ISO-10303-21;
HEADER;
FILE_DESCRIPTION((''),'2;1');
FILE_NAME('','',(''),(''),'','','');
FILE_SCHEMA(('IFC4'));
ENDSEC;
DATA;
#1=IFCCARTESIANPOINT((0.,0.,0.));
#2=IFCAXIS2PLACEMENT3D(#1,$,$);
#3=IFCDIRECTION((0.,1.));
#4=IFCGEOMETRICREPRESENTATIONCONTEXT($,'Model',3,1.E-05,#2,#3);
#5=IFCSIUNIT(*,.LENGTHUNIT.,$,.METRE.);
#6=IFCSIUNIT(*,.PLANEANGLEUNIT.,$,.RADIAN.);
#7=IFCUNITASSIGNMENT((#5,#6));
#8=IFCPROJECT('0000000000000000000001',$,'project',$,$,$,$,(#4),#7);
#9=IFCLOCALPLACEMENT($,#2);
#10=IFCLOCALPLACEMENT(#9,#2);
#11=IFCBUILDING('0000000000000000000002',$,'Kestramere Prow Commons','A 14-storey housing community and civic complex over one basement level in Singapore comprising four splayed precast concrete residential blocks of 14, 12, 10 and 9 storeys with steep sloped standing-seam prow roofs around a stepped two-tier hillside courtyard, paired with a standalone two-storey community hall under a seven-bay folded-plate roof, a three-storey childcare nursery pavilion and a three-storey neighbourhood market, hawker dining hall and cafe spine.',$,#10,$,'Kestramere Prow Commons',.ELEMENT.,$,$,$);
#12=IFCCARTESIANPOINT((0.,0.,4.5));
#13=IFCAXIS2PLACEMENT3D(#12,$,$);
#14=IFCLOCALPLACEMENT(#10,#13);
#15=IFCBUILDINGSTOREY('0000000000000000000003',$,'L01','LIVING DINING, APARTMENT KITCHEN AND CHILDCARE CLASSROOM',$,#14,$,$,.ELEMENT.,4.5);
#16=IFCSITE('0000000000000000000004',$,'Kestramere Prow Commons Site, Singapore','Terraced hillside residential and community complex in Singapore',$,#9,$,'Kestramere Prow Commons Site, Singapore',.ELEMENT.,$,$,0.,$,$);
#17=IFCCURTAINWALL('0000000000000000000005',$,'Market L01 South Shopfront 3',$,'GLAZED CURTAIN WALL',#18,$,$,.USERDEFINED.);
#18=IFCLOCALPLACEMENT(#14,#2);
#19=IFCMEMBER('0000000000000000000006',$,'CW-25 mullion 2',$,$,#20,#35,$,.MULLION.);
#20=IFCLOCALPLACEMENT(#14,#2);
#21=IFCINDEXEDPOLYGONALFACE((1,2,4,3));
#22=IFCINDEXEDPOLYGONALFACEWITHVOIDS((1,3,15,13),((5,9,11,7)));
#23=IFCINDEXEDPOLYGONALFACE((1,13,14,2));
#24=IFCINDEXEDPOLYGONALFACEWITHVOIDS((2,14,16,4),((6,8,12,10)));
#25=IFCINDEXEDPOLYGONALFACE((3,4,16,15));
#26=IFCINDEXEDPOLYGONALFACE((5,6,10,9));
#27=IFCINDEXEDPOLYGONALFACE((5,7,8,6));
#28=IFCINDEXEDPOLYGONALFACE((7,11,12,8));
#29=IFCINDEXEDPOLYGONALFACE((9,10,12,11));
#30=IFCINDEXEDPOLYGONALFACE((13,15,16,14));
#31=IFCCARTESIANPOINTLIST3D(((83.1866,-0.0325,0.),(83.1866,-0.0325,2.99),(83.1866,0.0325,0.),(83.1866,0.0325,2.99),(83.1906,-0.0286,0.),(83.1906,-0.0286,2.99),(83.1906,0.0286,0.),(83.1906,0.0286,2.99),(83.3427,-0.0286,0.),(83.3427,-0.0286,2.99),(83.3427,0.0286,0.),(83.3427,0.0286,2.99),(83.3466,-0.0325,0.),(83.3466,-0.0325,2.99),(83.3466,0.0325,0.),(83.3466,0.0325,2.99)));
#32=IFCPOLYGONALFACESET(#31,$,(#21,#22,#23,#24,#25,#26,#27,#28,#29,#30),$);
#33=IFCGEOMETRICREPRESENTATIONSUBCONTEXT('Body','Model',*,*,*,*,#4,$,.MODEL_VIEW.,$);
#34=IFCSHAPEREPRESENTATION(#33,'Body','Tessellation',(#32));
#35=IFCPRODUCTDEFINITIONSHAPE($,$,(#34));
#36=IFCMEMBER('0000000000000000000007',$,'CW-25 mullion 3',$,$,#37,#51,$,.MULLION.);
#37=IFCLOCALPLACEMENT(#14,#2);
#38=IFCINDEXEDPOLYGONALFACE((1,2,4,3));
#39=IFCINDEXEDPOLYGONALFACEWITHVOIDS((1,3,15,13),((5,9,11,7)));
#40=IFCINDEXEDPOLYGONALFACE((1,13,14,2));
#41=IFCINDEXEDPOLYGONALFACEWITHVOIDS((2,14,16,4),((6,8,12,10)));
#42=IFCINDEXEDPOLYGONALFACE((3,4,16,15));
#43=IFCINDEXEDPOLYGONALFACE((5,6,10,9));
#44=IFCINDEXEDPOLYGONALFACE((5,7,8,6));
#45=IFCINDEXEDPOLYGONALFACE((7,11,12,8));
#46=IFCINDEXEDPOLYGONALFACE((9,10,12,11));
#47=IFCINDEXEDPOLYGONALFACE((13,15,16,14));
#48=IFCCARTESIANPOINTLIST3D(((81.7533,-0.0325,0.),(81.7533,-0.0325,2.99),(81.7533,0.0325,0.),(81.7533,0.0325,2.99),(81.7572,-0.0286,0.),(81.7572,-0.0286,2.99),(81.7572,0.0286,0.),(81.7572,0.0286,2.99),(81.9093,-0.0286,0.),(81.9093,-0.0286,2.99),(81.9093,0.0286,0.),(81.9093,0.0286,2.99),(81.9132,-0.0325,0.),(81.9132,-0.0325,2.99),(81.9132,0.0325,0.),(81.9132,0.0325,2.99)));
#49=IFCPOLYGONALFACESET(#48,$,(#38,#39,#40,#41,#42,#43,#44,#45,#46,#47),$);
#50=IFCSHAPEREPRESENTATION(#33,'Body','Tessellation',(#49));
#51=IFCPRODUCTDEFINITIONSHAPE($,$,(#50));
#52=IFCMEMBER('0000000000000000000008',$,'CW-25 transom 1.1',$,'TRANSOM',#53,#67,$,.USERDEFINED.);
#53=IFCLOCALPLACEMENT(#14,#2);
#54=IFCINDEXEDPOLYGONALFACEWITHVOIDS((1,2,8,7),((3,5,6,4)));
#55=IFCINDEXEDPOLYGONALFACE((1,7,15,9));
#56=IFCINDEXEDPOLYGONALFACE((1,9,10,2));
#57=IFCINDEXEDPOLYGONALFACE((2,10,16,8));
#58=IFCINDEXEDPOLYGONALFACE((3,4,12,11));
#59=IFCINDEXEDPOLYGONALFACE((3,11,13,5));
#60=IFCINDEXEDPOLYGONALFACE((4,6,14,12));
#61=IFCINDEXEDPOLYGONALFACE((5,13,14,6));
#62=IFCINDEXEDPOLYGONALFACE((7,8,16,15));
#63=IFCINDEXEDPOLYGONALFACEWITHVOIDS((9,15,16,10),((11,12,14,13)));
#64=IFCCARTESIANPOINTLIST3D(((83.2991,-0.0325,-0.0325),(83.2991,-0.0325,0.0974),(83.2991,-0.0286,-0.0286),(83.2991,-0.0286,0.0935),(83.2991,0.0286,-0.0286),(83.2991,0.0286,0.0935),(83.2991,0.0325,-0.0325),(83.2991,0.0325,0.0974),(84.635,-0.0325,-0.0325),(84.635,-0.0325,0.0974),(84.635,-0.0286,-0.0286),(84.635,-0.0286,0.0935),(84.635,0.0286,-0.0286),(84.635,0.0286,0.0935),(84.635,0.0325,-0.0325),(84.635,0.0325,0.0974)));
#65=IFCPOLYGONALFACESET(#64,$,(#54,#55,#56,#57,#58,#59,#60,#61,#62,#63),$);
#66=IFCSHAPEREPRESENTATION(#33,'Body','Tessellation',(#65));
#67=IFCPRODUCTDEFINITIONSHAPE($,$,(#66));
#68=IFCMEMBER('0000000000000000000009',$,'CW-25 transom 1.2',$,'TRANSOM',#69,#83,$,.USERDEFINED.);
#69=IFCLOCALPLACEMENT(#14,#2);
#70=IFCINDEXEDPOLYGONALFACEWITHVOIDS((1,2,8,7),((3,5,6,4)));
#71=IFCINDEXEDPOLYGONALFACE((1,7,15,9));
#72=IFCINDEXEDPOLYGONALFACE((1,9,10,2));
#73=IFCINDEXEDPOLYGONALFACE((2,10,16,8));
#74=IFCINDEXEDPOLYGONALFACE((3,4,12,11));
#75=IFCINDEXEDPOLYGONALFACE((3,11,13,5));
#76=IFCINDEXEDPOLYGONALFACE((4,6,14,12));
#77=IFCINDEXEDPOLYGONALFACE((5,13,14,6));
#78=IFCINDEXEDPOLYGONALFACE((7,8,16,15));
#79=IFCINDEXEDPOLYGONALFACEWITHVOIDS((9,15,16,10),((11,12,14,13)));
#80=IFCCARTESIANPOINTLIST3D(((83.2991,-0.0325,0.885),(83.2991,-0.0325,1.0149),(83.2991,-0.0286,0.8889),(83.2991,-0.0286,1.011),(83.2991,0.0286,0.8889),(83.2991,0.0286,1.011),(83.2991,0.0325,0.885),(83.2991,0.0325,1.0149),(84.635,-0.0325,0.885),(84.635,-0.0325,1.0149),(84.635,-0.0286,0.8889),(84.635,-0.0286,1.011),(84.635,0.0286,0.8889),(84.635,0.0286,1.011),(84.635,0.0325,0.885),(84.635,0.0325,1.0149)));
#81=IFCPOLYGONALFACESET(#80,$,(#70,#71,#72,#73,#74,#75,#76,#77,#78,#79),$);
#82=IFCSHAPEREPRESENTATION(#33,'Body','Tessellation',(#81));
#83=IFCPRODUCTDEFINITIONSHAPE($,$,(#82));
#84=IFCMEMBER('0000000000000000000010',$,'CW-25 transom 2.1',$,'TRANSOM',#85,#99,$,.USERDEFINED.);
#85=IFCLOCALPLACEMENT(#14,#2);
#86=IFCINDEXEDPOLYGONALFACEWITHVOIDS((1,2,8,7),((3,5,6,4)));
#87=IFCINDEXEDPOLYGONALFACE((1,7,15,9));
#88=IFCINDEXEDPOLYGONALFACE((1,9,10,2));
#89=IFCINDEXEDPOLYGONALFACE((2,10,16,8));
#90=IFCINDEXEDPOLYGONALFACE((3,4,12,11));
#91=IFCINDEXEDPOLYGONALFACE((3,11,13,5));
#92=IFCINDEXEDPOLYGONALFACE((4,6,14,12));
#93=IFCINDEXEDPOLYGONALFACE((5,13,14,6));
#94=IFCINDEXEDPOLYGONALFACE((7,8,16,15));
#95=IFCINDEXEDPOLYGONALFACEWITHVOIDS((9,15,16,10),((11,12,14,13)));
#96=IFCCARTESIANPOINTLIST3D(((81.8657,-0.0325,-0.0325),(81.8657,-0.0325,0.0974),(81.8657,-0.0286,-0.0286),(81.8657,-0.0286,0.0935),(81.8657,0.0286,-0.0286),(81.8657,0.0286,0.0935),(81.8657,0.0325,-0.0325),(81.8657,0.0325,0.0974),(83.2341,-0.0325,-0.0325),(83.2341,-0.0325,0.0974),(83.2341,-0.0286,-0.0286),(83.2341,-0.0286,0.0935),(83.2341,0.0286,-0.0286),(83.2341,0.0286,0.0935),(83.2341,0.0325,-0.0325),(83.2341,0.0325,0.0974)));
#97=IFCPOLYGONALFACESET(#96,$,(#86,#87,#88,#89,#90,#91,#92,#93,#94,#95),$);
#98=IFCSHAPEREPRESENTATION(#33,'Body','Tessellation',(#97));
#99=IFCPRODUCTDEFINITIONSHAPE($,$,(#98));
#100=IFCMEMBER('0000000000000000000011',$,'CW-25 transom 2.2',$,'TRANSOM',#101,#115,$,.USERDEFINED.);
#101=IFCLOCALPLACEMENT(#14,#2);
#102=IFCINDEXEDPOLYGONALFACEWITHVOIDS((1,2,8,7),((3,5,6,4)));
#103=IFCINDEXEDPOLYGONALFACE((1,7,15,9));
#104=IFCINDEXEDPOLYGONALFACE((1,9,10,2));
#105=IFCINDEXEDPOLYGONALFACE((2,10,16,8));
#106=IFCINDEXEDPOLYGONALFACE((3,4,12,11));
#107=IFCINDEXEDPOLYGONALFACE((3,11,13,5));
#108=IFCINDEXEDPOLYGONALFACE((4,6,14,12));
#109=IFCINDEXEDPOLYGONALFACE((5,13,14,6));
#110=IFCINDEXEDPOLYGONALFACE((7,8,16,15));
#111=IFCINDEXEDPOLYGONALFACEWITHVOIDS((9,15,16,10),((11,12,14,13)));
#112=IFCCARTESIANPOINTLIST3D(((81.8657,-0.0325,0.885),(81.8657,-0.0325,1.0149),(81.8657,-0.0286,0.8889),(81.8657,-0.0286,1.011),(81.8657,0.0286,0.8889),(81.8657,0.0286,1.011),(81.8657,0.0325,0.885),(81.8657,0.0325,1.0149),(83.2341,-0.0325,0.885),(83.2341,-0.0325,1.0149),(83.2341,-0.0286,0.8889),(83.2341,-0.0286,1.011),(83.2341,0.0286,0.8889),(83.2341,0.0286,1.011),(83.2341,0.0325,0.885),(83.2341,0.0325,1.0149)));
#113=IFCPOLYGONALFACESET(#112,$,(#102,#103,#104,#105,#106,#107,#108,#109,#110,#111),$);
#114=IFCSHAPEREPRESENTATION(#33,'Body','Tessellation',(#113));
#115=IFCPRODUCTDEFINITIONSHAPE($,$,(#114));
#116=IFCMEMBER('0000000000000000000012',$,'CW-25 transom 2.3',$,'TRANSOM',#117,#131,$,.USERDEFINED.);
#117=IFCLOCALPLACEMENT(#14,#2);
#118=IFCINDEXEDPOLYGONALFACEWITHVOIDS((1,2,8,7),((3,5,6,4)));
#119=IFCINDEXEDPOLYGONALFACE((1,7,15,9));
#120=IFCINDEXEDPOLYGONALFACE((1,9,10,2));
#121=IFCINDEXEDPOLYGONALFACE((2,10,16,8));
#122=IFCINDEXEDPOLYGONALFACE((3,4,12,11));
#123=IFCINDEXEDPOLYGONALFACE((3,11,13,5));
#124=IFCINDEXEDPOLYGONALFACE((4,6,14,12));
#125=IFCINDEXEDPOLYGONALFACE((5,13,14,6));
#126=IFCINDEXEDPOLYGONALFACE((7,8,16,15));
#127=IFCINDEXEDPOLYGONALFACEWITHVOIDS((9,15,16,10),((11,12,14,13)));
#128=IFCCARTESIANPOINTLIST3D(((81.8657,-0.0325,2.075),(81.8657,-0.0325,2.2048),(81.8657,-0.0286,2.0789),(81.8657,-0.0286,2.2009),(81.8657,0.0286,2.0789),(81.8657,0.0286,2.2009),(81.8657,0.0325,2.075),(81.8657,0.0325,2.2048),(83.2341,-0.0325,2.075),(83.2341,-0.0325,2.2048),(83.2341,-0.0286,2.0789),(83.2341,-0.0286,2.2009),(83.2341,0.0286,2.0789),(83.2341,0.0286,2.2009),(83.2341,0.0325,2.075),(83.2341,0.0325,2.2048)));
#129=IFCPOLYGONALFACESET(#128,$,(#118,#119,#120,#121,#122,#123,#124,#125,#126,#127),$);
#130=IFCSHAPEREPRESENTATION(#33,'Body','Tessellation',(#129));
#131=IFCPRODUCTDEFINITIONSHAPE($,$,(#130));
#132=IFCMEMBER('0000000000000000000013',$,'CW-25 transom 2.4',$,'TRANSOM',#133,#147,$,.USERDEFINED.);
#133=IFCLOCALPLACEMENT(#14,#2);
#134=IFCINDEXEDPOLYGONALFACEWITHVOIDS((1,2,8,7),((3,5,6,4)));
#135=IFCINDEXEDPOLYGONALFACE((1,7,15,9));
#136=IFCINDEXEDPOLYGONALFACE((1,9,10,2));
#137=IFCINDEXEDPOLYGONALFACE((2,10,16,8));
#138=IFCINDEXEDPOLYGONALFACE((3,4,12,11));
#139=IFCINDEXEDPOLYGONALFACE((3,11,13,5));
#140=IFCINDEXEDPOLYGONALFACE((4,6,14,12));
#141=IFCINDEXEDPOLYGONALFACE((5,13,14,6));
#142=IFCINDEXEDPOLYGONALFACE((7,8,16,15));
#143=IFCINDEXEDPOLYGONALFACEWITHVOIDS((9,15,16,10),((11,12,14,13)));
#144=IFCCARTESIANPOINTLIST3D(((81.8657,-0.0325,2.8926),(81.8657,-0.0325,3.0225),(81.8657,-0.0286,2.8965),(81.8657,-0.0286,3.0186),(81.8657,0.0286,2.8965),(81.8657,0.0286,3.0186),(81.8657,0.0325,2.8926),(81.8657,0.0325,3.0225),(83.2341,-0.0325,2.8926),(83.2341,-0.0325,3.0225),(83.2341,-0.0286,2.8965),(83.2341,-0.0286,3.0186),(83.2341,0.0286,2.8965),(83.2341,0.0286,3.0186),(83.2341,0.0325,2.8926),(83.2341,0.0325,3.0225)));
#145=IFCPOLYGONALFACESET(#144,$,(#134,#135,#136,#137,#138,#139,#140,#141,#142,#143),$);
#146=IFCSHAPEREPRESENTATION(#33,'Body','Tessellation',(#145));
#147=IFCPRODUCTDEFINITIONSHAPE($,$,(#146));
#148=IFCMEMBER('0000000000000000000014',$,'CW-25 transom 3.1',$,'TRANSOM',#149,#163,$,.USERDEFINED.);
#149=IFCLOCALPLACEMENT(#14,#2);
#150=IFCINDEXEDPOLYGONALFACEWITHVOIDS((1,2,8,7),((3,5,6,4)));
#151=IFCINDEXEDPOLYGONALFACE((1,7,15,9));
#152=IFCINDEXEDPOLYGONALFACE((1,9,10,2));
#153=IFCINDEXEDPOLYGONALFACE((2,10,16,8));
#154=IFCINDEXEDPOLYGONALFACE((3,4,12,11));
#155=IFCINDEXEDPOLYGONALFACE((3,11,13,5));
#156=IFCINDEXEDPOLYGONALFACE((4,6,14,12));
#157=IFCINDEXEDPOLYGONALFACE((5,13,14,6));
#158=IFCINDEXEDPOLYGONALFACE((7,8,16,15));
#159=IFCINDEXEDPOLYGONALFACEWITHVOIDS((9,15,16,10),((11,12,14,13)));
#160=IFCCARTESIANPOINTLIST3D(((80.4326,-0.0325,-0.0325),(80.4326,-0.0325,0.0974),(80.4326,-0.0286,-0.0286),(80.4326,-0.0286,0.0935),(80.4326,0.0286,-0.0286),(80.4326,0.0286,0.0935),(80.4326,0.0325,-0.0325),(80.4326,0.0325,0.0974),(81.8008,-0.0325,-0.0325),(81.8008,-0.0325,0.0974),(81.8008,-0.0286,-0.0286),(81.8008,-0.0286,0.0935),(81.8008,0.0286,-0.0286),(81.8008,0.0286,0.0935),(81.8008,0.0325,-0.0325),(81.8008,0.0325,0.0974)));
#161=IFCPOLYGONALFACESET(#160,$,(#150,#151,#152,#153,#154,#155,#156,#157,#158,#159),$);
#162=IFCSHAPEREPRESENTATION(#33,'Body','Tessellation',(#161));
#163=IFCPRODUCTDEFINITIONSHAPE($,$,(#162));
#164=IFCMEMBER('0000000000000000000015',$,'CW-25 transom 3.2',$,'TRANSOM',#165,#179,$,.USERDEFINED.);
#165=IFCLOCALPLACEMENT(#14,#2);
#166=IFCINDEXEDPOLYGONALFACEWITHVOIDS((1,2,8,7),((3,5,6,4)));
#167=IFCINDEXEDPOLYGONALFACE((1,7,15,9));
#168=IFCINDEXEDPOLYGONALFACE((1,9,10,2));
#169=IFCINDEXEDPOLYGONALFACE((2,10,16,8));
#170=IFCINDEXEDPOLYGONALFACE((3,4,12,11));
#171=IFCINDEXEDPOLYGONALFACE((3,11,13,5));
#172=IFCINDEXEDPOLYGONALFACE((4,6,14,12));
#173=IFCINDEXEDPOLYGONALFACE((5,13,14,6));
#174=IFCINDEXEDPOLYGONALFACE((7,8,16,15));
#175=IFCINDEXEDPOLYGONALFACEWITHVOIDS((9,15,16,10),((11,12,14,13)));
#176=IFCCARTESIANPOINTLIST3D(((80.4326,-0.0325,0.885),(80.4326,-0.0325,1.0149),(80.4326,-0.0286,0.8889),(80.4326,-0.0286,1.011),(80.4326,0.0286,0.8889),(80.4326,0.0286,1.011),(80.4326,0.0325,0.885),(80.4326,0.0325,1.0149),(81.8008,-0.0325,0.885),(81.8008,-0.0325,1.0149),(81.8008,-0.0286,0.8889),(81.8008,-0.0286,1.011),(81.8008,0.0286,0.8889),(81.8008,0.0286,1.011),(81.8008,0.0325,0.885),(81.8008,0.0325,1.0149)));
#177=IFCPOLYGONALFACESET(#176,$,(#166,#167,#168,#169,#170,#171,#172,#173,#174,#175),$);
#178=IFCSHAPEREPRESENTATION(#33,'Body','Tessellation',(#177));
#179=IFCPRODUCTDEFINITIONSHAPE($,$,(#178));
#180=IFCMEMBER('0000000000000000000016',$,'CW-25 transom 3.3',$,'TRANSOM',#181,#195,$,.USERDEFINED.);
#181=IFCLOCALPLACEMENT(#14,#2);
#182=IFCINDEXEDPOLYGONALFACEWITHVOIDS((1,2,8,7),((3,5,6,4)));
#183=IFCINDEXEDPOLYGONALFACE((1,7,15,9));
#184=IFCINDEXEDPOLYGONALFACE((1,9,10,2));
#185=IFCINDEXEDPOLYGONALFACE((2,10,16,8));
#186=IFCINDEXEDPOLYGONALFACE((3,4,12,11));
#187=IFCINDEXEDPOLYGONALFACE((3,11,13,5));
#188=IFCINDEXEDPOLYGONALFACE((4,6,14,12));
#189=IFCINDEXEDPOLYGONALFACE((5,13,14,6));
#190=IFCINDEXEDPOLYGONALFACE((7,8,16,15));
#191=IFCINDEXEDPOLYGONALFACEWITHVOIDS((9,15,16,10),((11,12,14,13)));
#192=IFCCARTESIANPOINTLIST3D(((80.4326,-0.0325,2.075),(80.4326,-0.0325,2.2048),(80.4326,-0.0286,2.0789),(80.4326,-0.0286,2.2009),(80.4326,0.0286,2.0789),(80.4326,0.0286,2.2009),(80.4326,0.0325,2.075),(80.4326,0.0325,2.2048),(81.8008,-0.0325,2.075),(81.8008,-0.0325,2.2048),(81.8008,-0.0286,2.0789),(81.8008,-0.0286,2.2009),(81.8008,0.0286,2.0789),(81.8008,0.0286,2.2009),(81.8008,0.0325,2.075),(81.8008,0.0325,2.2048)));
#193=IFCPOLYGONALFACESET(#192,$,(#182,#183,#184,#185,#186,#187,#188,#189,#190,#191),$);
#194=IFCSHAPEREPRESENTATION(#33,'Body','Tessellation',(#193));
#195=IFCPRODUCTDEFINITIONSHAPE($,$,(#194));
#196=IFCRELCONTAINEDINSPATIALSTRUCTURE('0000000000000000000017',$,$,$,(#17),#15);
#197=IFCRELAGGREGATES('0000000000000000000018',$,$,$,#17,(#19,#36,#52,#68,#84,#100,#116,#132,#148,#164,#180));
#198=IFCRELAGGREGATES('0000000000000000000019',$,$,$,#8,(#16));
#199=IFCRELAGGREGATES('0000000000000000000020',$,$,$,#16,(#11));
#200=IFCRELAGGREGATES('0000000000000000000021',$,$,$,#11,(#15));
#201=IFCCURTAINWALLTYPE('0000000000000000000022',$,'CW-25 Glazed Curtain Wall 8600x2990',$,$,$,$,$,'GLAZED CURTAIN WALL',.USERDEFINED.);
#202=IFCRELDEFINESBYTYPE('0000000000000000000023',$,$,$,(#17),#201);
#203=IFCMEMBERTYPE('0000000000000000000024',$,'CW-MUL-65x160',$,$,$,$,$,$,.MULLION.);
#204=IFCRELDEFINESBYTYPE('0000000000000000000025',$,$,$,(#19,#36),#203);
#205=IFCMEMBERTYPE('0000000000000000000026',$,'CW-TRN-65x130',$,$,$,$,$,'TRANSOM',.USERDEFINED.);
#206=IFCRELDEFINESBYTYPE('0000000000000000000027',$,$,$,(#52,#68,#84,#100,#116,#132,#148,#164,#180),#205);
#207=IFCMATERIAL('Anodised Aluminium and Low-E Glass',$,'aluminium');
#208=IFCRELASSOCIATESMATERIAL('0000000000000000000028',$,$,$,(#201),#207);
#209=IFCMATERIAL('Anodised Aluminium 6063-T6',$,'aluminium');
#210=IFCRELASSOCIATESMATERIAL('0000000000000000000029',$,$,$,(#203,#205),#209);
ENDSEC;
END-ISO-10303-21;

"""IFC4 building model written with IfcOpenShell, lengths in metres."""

from ifc_helpers import new_model, si_unit, direction, frame, origin, origin_2d, place, context, subcontext, project, spatial, hollow_rectangle, extrude, material, material_profile, profile_set, type_object, element, aggregate, save


model = new_model("IFC4")

# Units and contexts
model_context = context("Model", 3, precision=1e-05, world=origin(), true_north=direction((0.0, 1.0)))
body_context = subcontext(model_context, "Body", "Model", "MODEL_VIEW")
ifc_project = project(units=[si_unit("LENGTHUNIT", "METRE"), si_unit("PLANEANGLEUNIT", "RADIAN")], contexts=[model_context])

# Site, building, storey
site_placement = place(None, origin())
site = spatial("IfcSite", under=ifc_project, at=site_placement, Name="Kestramere Prow Commons Site, Singapore", Description="Terraced hillside residential and community complex in Singapore", LongName="Kestramere Prow Commons Site, Singapore", CompositionType="ELEMENT", RefElevation=0.0)
building_placement = place(site_placement, origin())
building = spatial("IfcBuilding", under=site, at=building_placement, Name="Kestramere Prow Commons", Description="A 14-storey housing community and civic complex over one basement level in Singapore comprising four splayed precast concrete residential blocks of 14, 12, 10 and 9 storeys with steep sloped standing-seam prow roofs around a stepped two-tier hillside courtyard, paired with a standalone two-storey community hall under a seven-bay folded-plate roof, a three-storey childcare nursery pavilion and a three-storey neighbourhood market, hawker dining hall and cafe spine.", LongName="Kestramere Prow Commons", CompositionType="ELEMENT")
storey_placement = place(building_placement, frame((0.0, 0.0, 4.5)))
storey = spatial("IfcBuildingStorey", under=building, at=storey_placement, Name="L01", Description="LIVING DINING, APARTMENT KITCHEN AND CHILDCARE CLASSROOM", CompositionType="ELEMENT", Elevation=4.5)

# Curtain wall, members
ifc_material_1 = material(Name="Anodised Aluminium and Low-E Glass", Category="aluminium")
curtain_wall_type = type_object("IfcCurtainWallType", Name="CW-25 Glazed Curtain Wall 8600x2990", ElementType="GLAZED CURTAIN WALL", PredefinedType="USERDEFINED", material=ifc_material_1)
curtain_wall_placement = place(storey_placement, origin())
curtain_wall = element("IfcCurtainWall", 1, at=curtain_wall_placement, inside=storey, type_object=curtain_wall_type, Name="Market L01 South Shopfront 3", ObjectType="GLAZED CURTAIN WALL", PredefinedType="USERDEFINED")
ifc_material_2 = material(Name="Anodised Aluminium 6063-T6", Category="aluminium")
ifc_material_profile_1 = material_profile(ifc_material_2, hollow_rectangle(XDim=0.0649, YDim=0.1599, WallThickness=0.0039, at=origin_2d()), Name="ALU-MUL 65x160")
ifc_profile_set_1 = profile_set([ifc_material_profile_1], Name="Anodised Aluminium 6063-T6")
member_type_1 = type_object("IfcMemberType", Name="CW-MUL-65x160", PredefinedType="MULLION", material=ifc_profile_set_1)
member_1_placement = place(storey_placement, frame((83.2666, 0.0, 0.0), z_axis=(0.0, 0.0, 1.0), x_axis=(0.0, -1.0, 0.0)))
member_1 = element("IfcMember", 2, at=member_1_placement, type_object=member_type_1, Name="CW-25 mullion 2", PredefinedType="MULLION", context=body_context, shape_type="SweptSolid", body=[
    extrude(hollow_rectangle(XDim=0.0649, YDim=0.1599, WallThickness=0.0039, at=origin_2d()), origin(), (0.0, 0.0, 1.0), 2.99),
])
member_2_placement = place(storey_placement, frame((81.8333, 0.0, 0.0), z_axis=(0.0, 0.0, 1.0), x_axis=(0.0, -1.0, 0.0)))
member_2 = element("IfcMember", 3, at=member_2_placement, type_object=member_type_1, Name="CW-25 mullion 3", PredefinedType="MULLION", context=body_context, shape_type="SweptSolid", body=[
    extrude(hollow_rectangle(XDim=0.0649, YDim=0.1599, WallThickness=0.0039, at=origin_2d()), origin(), (0.0, 0.0, 1.0), 2.99),
])
ifc_material_profile_2 = material_profile(ifc_material_2, hollow_rectangle(XDim=0.0649, YDim=0.1299, WallThickness=0.0039, at=origin_2d()), Name="ALU-TRN 65x130")
ifc_profile_set_2 = profile_set([ifc_material_profile_2], Name="Anodised Aluminium 6063-T6")
member_type_2 = type_object("IfcMemberType", Name="CW-TRN-65x130", ElementType="TRANSOM", PredefinedType="USERDEFINED", material=ifc_profile_set_2)
member_3_placement = place(storey_placement, frame((84.635, 0.0, 0.0325), z_axis=(-1.0, 0.0, 0.0), x_axis=(0.0, -1.0, 0.0)))
member_3 = element("IfcMember", 4, at=member_3_placement, type_object=member_type_2, Name="CW-25 transom 1.1", ObjectType="TRANSOM", PredefinedType="USERDEFINED", context=body_context, shape_type="SweptSolid", body=[
    extrude(hollow_rectangle(XDim=0.0649, YDim=0.1299, WallThickness=0.0039, at=origin_2d()), origin(), (0.0, 0.0, 1.0), 1.3359),
])
member_4_placement = place(storey_placement, frame((84.635, 0.0, 0.95), z_axis=(-1.0, 0.0, 0.0), x_axis=(0.0, -1.0, 0.0)))
member_4 = element("IfcMember", 5, at=member_4_placement, type_object=member_type_2, Name="CW-25 transom 1.2", ObjectType="TRANSOM", PredefinedType="USERDEFINED", context=body_context, shape_type="SweptSolid", body=[
    extrude(hollow_rectangle(XDim=0.0649, YDim=0.1299, WallThickness=0.0039, at=origin_2d()), origin(), (0.0, 0.0, 1.0), 1.3359),
])
member_5_placement = place(storey_placement, frame((83.2341, 0.0, 0.0325), z_axis=(-1.0, 0.0, 0.0), x_axis=(0.0, -1.0, 0.0)))
member_5 = element("IfcMember", 6, at=member_5_placement, type_object=member_type_2, Name="CW-25 transom 2.1", ObjectType="TRANSOM", PredefinedType="USERDEFINED", context=body_context, shape_type="SweptSolid", body=[
    extrude(hollow_rectangle(XDim=0.0649, YDim=0.1299, WallThickness=0.0039, at=origin_2d()), origin(), (0.0, 0.0, 1.0), 1.3684),
])
member_6_placement = place(storey_placement, frame((83.2341, 0.0, 0.95), z_axis=(-1.0, 0.0, 0.0), x_axis=(0.0, -1.0, 0.0)))
member_6 = element("IfcMember", 7, at=member_6_placement, type_object=member_type_2, Name="CW-25 transom 2.2", ObjectType="TRANSOM", PredefinedType="USERDEFINED", context=body_context, shape_type="SweptSolid", body=[
    extrude(hollow_rectangle(XDim=0.0649, YDim=0.1299, WallThickness=0.0039, at=origin_2d()), origin(), (0.0, 0.0, 1.0), 1.3684),
])
member_7_placement = place(storey_placement, frame((83.2341, 0.0, 2.1399), z_axis=(-1.0, 0.0, 0.0), x_axis=(0.0, -1.0, 0.0)))
member_7 = element("IfcMember", 8, at=member_7_placement, type_object=member_type_2, Name="CW-25 transom 2.3", ObjectType="TRANSOM", PredefinedType="USERDEFINED", context=body_context, shape_type="SweptSolid", body=[
    extrude(hollow_rectangle(XDim=0.0649, YDim=0.1299, WallThickness=0.0039, at=origin_2d()), origin(), (0.0, 0.0, 1.0), 1.3684),
])
member_8_placement = place(storey_placement, frame((83.2341, 0.0, 2.9575), z_axis=(-1.0, 0.0, 0.0), x_axis=(0.0, -1.0, 0.0)))
member_8 = element("IfcMember", 9, at=member_8_placement, type_object=member_type_2, Name="CW-25 transom 2.4", ObjectType="TRANSOM", PredefinedType="USERDEFINED", context=body_context, shape_type="SweptSolid", body=[
    extrude(hollow_rectangle(XDim=0.0649, YDim=0.1299, WallThickness=0.0039, at=origin_2d()), origin(), (0.0, 0.0, 1.0), 1.3684),
])
member_9_placement = place(storey_placement, frame((81.8008, 0.0, 0.0325), z_axis=(-1.0, 0.0, 0.0), x_axis=(0.0, -1.0, 0.0)))
member_9 = element("IfcMember", 10, at=member_9_placement, type_object=member_type_2, Name="CW-25 transom 3.1", ObjectType="TRANSOM", PredefinedType="USERDEFINED", context=body_context, shape_type="SweptSolid", body=[
    extrude(hollow_rectangle(XDim=0.0649, YDim=0.1299, WallThickness=0.0039, at=origin_2d()), origin(), (0.0, 0.0, 1.0), 1.3682),
])
member_10_placement = place(storey_placement, frame((81.8008, 0.0, 0.95), z_axis=(-1.0, 0.0, 0.0), x_axis=(0.0, -1.0, 0.0)))
member_10 = element("IfcMember", 11, at=member_10_placement, type_object=member_type_2, Name="CW-25 transom 3.2", ObjectType="TRANSOM", PredefinedType="USERDEFINED", context=body_context, shape_type="SweptSolid", body=[
    extrude(hollow_rectangle(XDim=0.0649, YDim=0.1299, WallThickness=0.0039, at=origin_2d()), origin(), (0.0, 0.0, 1.0), 1.3682),
])
member_11_placement = place(storey_placement, frame((81.8008, 0.0, 2.1399), z_axis=(-1.0, 0.0, 0.0), x_axis=(0.0, -1.0, 0.0)))
member_11 = element("IfcMember", 12, at=member_11_placement, type_object=member_type_2, Name="CW-25 transom 3.3", ObjectType="TRANSOM", PredefinedType="USERDEFINED", context=body_context, shape_type="SweptSolid", body=[
    extrude(hollow_rectangle(XDim=0.0649, YDim=0.1299, WallThickness=0.0039, at=origin_2d()), origin(), (0.0, 0.0, 1.0), 1.3682),
])
aggregate(curtain_wall, [member_1, member_2, member_3, member_4, member_5, member_6, member_7, member_8, member_9, member_10, member_11])

save(model, "model.ifc")
